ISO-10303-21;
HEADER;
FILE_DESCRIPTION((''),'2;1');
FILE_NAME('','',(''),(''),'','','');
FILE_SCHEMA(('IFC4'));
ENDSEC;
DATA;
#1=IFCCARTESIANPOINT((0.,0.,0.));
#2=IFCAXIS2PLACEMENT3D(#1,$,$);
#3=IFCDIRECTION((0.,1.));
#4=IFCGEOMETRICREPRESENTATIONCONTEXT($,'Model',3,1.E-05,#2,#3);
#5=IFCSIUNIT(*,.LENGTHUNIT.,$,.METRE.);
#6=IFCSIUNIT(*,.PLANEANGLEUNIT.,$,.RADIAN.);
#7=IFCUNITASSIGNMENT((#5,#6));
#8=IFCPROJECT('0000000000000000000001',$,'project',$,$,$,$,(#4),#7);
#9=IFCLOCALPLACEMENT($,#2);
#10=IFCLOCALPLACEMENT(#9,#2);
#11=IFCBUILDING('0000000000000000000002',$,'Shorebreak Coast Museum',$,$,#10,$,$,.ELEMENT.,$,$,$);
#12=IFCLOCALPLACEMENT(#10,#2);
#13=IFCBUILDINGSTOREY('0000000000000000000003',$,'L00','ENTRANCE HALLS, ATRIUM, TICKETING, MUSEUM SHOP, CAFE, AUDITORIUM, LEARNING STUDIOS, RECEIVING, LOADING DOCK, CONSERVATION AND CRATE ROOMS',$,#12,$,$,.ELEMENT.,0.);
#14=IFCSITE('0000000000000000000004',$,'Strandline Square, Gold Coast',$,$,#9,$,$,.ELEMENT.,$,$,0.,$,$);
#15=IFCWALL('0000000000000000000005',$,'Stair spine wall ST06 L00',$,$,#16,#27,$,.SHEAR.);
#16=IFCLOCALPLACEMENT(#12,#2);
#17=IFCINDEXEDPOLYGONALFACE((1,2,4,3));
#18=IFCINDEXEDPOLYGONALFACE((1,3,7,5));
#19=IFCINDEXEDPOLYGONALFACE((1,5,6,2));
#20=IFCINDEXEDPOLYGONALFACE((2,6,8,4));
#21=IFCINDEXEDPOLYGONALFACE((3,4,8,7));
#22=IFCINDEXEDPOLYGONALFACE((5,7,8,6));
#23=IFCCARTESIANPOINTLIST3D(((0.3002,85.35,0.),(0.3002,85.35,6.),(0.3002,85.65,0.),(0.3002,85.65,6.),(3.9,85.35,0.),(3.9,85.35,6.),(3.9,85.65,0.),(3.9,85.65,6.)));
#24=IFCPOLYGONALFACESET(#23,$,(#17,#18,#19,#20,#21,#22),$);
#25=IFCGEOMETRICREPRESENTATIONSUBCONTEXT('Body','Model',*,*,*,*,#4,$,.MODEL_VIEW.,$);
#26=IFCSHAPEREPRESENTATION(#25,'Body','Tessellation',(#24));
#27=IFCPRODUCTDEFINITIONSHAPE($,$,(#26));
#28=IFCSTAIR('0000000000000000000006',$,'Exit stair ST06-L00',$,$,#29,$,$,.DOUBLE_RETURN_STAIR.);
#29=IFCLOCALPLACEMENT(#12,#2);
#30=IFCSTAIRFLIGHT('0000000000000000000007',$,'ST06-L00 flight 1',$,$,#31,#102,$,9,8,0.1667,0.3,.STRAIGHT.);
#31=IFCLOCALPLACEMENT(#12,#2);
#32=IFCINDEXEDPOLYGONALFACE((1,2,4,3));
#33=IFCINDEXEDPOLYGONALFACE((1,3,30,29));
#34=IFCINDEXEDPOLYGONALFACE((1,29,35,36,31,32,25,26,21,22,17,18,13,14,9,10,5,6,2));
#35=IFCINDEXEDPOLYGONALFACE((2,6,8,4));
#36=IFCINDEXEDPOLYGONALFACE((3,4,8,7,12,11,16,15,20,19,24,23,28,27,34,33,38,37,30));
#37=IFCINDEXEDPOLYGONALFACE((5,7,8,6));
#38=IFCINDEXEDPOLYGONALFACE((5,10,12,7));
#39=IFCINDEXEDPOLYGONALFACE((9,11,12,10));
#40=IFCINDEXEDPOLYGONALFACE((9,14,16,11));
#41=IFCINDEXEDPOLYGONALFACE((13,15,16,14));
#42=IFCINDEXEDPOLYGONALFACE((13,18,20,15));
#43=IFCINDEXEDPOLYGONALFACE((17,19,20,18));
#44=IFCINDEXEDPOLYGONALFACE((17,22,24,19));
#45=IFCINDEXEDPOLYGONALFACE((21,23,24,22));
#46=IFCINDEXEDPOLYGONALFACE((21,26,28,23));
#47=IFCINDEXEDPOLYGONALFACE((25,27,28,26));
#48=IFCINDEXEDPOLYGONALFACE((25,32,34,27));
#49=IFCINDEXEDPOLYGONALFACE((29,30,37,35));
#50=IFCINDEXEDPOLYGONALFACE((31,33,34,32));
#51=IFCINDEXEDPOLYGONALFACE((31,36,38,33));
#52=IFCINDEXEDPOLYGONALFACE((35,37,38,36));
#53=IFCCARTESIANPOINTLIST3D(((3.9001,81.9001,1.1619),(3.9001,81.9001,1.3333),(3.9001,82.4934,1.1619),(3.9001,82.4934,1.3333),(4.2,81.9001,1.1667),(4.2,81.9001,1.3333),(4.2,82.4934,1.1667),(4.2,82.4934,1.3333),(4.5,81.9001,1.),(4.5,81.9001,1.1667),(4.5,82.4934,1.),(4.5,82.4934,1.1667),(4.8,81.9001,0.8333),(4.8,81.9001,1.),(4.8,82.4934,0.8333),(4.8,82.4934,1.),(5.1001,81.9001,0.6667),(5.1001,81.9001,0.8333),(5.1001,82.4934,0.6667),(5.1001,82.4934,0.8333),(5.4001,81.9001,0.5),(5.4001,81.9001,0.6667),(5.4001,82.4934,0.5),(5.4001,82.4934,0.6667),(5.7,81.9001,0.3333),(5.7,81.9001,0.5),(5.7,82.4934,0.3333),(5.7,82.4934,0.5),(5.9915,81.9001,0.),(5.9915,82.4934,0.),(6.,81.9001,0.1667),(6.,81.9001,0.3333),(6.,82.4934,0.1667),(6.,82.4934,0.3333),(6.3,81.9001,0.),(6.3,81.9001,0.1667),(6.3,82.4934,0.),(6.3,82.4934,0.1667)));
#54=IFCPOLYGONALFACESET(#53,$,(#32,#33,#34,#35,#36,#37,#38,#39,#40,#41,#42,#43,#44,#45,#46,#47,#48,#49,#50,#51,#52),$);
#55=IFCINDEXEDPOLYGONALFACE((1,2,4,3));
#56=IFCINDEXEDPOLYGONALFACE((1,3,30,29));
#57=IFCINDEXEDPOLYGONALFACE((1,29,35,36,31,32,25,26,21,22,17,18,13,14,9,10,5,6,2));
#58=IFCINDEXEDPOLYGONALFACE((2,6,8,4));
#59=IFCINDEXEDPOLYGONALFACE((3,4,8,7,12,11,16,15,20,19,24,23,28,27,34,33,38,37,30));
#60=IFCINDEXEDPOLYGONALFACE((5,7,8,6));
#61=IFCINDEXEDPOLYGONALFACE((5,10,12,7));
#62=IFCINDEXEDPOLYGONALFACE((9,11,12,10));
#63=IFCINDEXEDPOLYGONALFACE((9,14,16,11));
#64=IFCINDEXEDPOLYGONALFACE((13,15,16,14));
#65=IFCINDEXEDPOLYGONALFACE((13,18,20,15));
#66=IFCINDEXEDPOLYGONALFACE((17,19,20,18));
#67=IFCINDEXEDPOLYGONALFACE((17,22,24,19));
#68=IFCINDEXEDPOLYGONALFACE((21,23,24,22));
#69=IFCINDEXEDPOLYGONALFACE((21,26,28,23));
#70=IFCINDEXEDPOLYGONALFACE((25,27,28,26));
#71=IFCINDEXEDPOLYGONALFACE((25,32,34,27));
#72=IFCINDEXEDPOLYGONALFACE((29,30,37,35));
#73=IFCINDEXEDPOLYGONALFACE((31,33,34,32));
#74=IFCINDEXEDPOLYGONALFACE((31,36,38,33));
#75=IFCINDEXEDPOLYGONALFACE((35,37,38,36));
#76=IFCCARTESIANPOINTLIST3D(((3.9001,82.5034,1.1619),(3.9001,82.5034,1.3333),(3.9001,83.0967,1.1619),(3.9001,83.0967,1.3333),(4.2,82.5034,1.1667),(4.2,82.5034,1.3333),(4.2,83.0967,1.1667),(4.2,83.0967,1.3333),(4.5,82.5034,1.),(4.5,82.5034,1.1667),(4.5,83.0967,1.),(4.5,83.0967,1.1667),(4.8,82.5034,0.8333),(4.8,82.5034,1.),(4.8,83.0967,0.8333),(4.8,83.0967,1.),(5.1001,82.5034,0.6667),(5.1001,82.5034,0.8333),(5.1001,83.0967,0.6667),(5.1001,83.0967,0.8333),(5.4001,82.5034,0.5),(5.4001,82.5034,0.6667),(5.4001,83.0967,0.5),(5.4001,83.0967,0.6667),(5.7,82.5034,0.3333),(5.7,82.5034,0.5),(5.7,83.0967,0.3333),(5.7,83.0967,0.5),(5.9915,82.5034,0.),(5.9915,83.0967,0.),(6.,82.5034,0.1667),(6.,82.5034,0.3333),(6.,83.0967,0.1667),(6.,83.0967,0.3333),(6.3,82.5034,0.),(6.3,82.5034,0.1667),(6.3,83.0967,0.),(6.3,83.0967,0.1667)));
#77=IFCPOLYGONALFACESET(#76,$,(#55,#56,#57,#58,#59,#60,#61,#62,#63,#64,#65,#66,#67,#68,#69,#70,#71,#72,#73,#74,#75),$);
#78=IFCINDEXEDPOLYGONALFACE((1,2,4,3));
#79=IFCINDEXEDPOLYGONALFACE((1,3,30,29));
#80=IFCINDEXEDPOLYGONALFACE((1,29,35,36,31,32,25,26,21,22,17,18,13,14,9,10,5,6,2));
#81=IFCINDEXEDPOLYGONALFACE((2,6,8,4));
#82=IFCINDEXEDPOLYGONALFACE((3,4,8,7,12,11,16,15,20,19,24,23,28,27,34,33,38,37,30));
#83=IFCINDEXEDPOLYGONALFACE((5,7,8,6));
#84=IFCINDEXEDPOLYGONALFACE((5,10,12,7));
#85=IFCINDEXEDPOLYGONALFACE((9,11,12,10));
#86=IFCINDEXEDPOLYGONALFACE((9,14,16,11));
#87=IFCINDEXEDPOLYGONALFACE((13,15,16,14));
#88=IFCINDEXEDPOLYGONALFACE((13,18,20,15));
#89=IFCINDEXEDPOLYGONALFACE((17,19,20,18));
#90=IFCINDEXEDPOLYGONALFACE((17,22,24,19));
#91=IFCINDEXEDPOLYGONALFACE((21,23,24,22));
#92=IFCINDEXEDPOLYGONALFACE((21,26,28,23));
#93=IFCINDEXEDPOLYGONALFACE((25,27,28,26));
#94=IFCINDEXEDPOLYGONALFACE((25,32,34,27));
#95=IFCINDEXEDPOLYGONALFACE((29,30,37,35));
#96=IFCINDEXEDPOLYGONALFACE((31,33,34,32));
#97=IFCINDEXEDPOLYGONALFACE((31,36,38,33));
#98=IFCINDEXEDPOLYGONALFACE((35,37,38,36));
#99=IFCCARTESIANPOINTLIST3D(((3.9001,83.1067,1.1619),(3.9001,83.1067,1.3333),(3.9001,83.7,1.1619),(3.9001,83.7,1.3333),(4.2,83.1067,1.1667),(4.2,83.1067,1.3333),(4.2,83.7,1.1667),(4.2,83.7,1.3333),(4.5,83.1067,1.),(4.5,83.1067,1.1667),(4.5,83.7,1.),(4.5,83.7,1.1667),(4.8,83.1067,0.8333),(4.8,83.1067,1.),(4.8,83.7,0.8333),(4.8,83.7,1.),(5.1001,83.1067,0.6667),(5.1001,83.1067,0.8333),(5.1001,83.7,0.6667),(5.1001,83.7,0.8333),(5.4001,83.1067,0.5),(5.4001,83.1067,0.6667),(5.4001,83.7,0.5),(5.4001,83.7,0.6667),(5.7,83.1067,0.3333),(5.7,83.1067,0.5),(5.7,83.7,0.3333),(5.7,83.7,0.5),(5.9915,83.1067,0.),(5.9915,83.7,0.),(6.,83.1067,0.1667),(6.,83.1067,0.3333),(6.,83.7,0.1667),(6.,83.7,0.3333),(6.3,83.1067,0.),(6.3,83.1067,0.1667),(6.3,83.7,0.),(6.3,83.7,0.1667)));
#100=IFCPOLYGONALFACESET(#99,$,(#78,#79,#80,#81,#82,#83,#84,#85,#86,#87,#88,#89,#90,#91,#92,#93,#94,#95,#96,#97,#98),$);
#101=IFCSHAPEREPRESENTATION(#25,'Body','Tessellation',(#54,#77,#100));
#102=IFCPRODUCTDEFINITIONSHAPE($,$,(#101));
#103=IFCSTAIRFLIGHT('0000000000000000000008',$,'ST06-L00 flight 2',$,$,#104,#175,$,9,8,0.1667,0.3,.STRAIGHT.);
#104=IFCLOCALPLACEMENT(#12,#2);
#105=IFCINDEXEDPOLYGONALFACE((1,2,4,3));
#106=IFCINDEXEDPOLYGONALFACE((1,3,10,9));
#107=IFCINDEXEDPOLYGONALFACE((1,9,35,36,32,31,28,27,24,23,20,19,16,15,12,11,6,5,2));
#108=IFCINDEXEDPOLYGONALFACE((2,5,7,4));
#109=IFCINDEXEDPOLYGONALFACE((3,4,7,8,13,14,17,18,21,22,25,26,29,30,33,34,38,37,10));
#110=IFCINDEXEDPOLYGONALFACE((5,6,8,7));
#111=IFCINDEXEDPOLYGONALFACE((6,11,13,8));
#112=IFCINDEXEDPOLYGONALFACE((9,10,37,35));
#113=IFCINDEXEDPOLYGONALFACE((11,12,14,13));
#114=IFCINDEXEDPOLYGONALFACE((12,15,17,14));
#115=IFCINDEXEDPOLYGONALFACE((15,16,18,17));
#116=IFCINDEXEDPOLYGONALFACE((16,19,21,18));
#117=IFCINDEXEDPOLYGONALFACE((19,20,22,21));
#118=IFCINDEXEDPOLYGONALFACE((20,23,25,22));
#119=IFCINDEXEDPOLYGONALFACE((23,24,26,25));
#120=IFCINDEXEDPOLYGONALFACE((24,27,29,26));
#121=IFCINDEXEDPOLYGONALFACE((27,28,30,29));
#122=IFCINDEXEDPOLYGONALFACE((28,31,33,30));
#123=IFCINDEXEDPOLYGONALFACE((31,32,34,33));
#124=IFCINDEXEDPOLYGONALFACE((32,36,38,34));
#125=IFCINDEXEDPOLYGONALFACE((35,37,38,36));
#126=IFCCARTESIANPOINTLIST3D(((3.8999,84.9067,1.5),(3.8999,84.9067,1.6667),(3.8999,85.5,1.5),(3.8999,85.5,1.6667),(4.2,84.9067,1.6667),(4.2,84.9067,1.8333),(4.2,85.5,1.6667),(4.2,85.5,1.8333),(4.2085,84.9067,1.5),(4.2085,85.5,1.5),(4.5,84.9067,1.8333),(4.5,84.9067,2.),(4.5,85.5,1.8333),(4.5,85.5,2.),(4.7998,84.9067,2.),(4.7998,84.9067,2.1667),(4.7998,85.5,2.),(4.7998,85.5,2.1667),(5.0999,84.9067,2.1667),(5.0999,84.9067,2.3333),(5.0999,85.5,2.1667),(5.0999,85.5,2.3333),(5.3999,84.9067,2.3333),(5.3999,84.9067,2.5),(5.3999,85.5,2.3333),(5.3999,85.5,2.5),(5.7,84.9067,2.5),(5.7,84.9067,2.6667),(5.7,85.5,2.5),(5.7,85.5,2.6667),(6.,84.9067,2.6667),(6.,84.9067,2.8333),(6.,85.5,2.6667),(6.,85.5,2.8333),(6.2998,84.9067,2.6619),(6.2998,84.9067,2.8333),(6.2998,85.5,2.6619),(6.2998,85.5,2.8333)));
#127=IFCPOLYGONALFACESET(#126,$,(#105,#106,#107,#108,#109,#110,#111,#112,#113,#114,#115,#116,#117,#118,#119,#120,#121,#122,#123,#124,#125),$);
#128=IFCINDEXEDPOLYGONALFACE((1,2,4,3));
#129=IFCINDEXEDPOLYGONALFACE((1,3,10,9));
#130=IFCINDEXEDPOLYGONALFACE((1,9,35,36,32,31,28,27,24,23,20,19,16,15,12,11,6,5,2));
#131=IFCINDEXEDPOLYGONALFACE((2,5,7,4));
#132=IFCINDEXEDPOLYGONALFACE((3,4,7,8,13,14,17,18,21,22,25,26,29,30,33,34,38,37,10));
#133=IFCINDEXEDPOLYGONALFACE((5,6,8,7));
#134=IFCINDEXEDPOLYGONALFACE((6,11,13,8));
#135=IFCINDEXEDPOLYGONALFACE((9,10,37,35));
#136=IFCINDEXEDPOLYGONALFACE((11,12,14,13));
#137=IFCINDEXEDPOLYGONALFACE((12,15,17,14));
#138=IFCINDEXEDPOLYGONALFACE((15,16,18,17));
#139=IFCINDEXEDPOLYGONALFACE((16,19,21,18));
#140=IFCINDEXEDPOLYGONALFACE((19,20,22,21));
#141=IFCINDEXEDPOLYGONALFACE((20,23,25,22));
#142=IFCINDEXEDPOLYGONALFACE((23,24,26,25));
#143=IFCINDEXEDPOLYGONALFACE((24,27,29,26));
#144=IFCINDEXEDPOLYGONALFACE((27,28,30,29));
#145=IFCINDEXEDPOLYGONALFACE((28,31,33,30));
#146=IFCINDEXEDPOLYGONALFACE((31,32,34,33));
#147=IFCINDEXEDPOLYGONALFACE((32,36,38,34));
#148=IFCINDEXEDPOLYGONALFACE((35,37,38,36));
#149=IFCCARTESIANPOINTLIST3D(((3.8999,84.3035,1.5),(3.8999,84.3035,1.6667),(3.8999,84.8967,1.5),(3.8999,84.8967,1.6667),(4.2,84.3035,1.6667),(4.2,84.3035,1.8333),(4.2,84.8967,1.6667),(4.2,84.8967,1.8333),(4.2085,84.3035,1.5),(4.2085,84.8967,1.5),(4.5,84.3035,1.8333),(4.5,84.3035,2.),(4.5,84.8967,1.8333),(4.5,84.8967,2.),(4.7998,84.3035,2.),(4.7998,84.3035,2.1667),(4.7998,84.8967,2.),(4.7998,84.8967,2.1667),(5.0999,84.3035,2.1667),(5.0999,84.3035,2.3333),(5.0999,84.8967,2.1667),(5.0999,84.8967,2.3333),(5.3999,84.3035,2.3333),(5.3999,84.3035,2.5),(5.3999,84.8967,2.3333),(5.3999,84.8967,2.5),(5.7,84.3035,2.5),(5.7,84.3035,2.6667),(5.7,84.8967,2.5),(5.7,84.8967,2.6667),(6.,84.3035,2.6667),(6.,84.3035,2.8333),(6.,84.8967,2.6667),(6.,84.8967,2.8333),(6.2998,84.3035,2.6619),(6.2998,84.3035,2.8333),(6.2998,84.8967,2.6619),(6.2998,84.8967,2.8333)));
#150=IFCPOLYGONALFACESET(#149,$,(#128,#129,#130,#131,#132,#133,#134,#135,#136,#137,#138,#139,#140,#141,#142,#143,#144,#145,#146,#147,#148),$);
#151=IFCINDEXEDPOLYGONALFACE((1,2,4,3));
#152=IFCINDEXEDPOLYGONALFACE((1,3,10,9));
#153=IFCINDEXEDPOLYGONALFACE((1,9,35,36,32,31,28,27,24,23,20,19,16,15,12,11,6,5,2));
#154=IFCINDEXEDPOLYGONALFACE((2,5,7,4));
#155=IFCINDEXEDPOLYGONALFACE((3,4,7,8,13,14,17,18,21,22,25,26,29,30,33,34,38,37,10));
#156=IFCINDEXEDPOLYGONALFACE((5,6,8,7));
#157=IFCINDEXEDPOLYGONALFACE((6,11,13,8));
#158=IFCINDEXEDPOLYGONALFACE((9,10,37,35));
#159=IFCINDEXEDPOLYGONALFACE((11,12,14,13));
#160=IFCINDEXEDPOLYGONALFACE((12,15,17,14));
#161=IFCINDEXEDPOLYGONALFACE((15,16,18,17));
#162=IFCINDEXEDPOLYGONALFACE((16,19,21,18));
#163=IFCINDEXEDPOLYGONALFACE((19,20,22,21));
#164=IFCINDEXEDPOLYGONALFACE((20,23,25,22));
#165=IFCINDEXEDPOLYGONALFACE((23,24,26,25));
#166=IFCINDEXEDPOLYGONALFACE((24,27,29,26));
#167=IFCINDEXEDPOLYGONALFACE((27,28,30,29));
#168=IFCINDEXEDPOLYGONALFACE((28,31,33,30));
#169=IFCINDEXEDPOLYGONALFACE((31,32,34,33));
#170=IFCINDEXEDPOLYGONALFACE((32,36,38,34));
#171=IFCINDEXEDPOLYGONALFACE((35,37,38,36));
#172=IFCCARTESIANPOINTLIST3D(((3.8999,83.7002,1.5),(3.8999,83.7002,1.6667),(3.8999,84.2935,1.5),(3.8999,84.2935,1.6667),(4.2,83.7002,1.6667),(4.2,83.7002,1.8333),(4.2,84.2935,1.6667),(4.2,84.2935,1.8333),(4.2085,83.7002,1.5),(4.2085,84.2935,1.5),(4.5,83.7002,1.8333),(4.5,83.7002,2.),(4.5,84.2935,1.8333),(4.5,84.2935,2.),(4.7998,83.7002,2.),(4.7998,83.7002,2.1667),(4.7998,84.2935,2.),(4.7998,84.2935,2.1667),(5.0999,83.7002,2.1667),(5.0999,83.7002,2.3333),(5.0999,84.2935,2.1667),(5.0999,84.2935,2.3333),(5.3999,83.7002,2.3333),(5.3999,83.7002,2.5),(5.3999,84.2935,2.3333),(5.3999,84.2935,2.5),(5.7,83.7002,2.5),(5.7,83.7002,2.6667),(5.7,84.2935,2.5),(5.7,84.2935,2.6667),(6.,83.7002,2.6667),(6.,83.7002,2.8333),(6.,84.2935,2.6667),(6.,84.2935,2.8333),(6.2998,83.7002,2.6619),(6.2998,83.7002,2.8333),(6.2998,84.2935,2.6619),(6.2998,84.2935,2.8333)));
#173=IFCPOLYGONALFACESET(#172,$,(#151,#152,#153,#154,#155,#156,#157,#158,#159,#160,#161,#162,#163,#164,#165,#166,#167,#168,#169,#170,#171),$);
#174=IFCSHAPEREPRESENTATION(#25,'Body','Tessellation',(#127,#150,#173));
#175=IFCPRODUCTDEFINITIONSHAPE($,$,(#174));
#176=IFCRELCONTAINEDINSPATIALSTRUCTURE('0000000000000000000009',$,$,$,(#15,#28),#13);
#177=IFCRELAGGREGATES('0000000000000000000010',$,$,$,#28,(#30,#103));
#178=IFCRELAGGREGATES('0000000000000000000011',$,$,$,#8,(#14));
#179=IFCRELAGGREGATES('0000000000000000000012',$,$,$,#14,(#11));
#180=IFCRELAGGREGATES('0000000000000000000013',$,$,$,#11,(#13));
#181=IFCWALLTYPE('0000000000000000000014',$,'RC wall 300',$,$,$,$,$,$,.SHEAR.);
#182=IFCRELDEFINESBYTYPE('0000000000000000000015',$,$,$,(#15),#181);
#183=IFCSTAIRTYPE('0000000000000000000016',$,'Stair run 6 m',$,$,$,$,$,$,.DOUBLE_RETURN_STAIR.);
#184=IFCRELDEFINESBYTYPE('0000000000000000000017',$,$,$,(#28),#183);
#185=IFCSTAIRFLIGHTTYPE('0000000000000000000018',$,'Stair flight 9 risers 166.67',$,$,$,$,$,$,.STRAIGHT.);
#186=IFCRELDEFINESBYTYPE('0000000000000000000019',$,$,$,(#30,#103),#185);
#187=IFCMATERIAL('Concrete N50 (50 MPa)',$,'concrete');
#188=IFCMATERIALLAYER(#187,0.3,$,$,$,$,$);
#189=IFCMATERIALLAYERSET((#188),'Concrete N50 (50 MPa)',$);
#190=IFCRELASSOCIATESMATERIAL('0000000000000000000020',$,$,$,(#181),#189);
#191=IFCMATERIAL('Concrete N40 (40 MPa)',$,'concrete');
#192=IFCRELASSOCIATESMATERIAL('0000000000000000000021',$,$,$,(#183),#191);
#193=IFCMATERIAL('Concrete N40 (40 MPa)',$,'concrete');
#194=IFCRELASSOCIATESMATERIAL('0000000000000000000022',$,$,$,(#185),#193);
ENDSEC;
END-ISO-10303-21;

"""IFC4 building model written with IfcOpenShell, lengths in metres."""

from ifc_helpers import new_model, si_unit, direction, frame, frame_2d, origin, place, context, subcontext, project, spatial, polyline, rectangle, outline, extrude, material, layer, layer_set, type_object, element, aggregate, save


model = new_model("IFC4")

# Units and contexts
model_context = context("Model", 3, precision=1e-05, world=origin(), true_north=direction((0.0, 1.0)))
body_context = subcontext(model_context, "Body", "Model", "MODEL_VIEW")
ifc_project = project(units=[si_unit("LENGTHUNIT", "METRE"), si_unit("PLANEANGLEUNIT", "RADIAN")], contexts=[model_context])

# Site, building, storey
site_placement = place(None, origin())
site = spatial("IfcSite", under=ifc_project, at=site_placement, Name="Strandline Square, Gold Coast", CompositionType="ELEMENT", RefElevation=0.0)
building_placement = place(site_placement, origin())
building = spatial("IfcBuilding", under=site, at=building_placement, Name="Shorebreak Coast Museum", CompositionType="ELEMENT")
storey_placement = place(building_placement, origin())
storey = spatial("IfcBuildingStorey", under=building, at=storey_placement, Name="L00", Description="ENTRANCE HALLS, ATRIUM, TICKETING, MUSEUM SHOP, CAFE, AUDITORIUM, LEARNING STUDIOS, RECEIVING, LOADING DOCK, CONSERVATION AND CRATE ROOMS", CompositionType="ELEMENT", Elevation=0.0)

# Wall
ifc_material_1 = material(Name="Concrete N50 (50 MPa)", Category="concrete")
ifc_layer = layer(ifc_material_1, 0.3)
ifc_layer_set = layer_set([ifc_layer], Name="Concrete N50 (50 MPa)")
wall_type = type_object("IfcWallType", Name="RC wall 300", PredefinedType="SHEAR", material=ifc_layer_set)
wall_placement = place(storey_placement, frame((3.8999, 85.5, 0.0), z_axis=(0.0, 0.0, 1.0), x_axis=(-1.0, 0.0, 0.0)))
element("IfcWall", 1, at=wall_placement, inside=storey, type_object=wall_type, Name="Stair spine wall ST06 L00", PredefinedType="SHEAR", context=body_context, shape_type="SweptSolid", body=[
    extrude(rectangle(XDim=3.5999, YDim=0.3, at=frame_2d((1.7998, 0.0))), origin(), (0.0, 0.0, 1.0), 6.0),
])

# Stair, stair flights
ifc_material_2 = material(Name="Concrete N40 (40 MPa)", Category="concrete")
stair_type = type_object("IfcStairType", Name="Stair run 6 m", PredefinedType="DOUBLE_RETURN_STAIR", material=ifc_material_2)
stair_placement = place(storey_placement, origin())
stair = element("IfcStair", 2, at=stair_placement, inside=storey, type_object=stair_type, Name="Exit stair ST06-L00", PredefinedType="DOUBLE_RETURN_STAIR")
ifc_material_3 = material(Name="Concrete N40 (40 MPa)", Category="concrete")
stair_flight_type = type_object("IfcStairFlightType", Name="Stair flight 9 risers 166.67", PredefinedType="STRAIGHT", material=ifc_material_3)
stair_flight_1_placement = place(storey_placement, frame((6.3, 82.8, 0.0), z_axis=(0.0, 0.0, 1.0), x_axis=(-1.0, 0.0, 0.0)))
stair_flight_1 = element("IfcStairFlight", 3, at=stair_flight_1_placement, type_object=stair_flight_type, Name="ST06-L00 flight 1", NumberOfRisers=9, NumberOfTreads=8, PredefinedType="STRAIGHT", RiserHeight=0.1667, TreadLength=0.3, context=body_context, shape_type="SweptSolid", body=[
    extrude(outline(polyline([(0.0, 0.0), (0.0, 0.1667), (0.3, 0.1667), (0.3, 0.3333), (0.6001, 0.3333), (0.6001, 0.5), (0.8999, 0.5), (0.8999, 0.6667), (1.2, 0.6667), (1.2, 0.8333), (1.5, 0.8333), (1.5, 1.0), (1.8, 1.0), (1.8, 1.1667), (2.1001, 1.1667), (2.1001, 1.3333), (2.3999, 1.3333), (2.3999, 1.5), (2.3999, 1.1619), (0.3086, 0.0), (0.0, 0.0)])), frame((0.0, 0.8999, 0.0), z_axis=(0.0, -1.0, 0.0), x_axis=(1.0, 0.0, 0.0)), (0.0, 0.0, 1.0), 0.5933),
    extrude(outline(polyline([(0.0, 0.0), (0.0, 0.1667), (0.3, 0.1667), (0.3, 0.3333), (0.6001, 0.3333), (0.6001, 0.5), (0.8999, 0.5), (0.8999, 0.6667), (1.2, 0.6667), (1.2, 0.8333), (1.5, 0.8333), (1.5, 1.0), (1.8, 1.0), (1.8, 1.1667), (2.1001, 1.1667), (2.1001, 1.3333), (2.3999, 1.3333), (2.3999, 1.5), (2.3999, 1.1619), (0.3086, 0.0), (0.0, 0.0)])), frame((0.0, 0.2966, 0.0), z_axis=(0.0, -1.0, 0.0), x_axis=(1.0, 0.0, 0.0)), (0.0, 0.0, 1.0), 0.5933),
    extrude(outline(polyline([(0.0, 0.0), (0.0, 0.1667), (0.3, 0.1667), (0.3, 0.3333), (0.6001, 0.3333), (0.6001, 0.5), (0.8999, 0.5), (0.8999, 0.6667), (1.2, 0.6667), (1.2, 0.8333), (1.5, 0.8333), (1.5, 1.0), (1.8, 1.0), (1.8, 1.1667), (2.1001, 1.1667), (2.1001, 1.3333), (2.3999, 1.3333), (2.3999, 1.5), (2.3999, 1.1619), (0.3086, 0.0), (0.0, 0.0)])), frame((0.0, -0.3066, 0.0), z_axis=(0.0, -1.0, 0.0), x_axis=(1.0, 0.0, 0.0)), (0.0, 0.0, 1.0), 0.5933),
])
stair_flight_2_placement = place(storey_placement, frame((3.8999, 84.6001, 1.5), z_axis=(0.0, 0.0, 1.0), x_axis=(1.0, 0.0, 0.0)))
stair_flight_2 = element("IfcStairFlight", 4, at=stair_flight_2_placement, type_object=stair_flight_type, Name="ST06-L00 flight 2", NumberOfRisers=9, NumberOfTreads=8, PredefinedType="STRAIGHT", RiserHeight=0.1667, TreadLength=0.3, context=body_context, shape_type="SweptSolid", body=[
    extrude(outline(polyline([(0.0, 0.0), (0.0, 0.1667), (0.3, 0.1667), (0.3, 0.3333), (0.6001, 0.3333), (0.6001, 0.5), (0.8999, 0.5), (0.8999, 0.6667), (1.2, 0.6667), (1.2, 0.8333), (1.5, 0.8333), (1.5, 1.0), (1.8, 1.0), (1.8, 1.1667), (2.1001, 1.1667), (2.1001, 1.3333), (2.3999, 1.3333), (2.3999, 1.5), (2.3999, 1.1619), (0.3086, 0.0), (0.0, 0.0)])), frame((0.0, 0.8999, 0.0), z_axis=(0.0, -1.0, 0.0), x_axis=(1.0, 0.0, 0.0)), (0.0, 0.0, 1.0), 0.5933),
    extrude(outline(polyline([(0.0, 0.0), (0.0, 0.1667), (0.3, 0.1667), (0.3, 0.3333), (0.6001, 0.3333), (0.6001, 0.5), (0.8999, 0.5), (0.8999, 0.6667), (1.2, 0.6667), (1.2, 0.8333), (1.5, 0.8333), (1.5, 1.0), (1.8, 1.0), (1.8, 1.1667), (2.1001, 1.1667), (2.1001, 1.3333), (2.3999, 1.3333), (2.3999, 1.5), (2.3999, 1.1619), (0.3086, 0.0), (0.0, 0.0)])), frame((0.0, 0.2966, 0.0), z_axis=(0.0, -1.0, 0.0), x_axis=(1.0, 0.0, 0.0)), (0.0, 0.0, 1.0), 0.5933),
    extrude(outline(polyline([(0.0, 0.0), (0.0, 0.1667), (0.3, 0.1667), (0.3, 0.3333), (0.6001, 0.3333), (0.6001, 0.5), (0.8999, 0.5), (0.8999, 0.6667), (1.2, 0.6667), (1.2, 0.8333), (1.5, 0.8333), (1.5, 1.0), (1.8, 1.0), (1.8, 1.1667), (2.1001, 1.1667), (2.1001, 1.3333), (2.3999, 1.3333), (2.3999, 1.5), (2.3999, 1.1619), (0.3086, 0.0), (0.0, 0.0)])), frame((0.0, -0.3066, 0.0), z_axis=(0.0, -1.0, 0.0), x_axis=(1.0, 0.0, 0.0)), (0.0, 0.0, 1.0), 0.5933),
])
aggregate(stair, [stair_flight_1, stair_flight_2])

save(model, "model.ifc")
